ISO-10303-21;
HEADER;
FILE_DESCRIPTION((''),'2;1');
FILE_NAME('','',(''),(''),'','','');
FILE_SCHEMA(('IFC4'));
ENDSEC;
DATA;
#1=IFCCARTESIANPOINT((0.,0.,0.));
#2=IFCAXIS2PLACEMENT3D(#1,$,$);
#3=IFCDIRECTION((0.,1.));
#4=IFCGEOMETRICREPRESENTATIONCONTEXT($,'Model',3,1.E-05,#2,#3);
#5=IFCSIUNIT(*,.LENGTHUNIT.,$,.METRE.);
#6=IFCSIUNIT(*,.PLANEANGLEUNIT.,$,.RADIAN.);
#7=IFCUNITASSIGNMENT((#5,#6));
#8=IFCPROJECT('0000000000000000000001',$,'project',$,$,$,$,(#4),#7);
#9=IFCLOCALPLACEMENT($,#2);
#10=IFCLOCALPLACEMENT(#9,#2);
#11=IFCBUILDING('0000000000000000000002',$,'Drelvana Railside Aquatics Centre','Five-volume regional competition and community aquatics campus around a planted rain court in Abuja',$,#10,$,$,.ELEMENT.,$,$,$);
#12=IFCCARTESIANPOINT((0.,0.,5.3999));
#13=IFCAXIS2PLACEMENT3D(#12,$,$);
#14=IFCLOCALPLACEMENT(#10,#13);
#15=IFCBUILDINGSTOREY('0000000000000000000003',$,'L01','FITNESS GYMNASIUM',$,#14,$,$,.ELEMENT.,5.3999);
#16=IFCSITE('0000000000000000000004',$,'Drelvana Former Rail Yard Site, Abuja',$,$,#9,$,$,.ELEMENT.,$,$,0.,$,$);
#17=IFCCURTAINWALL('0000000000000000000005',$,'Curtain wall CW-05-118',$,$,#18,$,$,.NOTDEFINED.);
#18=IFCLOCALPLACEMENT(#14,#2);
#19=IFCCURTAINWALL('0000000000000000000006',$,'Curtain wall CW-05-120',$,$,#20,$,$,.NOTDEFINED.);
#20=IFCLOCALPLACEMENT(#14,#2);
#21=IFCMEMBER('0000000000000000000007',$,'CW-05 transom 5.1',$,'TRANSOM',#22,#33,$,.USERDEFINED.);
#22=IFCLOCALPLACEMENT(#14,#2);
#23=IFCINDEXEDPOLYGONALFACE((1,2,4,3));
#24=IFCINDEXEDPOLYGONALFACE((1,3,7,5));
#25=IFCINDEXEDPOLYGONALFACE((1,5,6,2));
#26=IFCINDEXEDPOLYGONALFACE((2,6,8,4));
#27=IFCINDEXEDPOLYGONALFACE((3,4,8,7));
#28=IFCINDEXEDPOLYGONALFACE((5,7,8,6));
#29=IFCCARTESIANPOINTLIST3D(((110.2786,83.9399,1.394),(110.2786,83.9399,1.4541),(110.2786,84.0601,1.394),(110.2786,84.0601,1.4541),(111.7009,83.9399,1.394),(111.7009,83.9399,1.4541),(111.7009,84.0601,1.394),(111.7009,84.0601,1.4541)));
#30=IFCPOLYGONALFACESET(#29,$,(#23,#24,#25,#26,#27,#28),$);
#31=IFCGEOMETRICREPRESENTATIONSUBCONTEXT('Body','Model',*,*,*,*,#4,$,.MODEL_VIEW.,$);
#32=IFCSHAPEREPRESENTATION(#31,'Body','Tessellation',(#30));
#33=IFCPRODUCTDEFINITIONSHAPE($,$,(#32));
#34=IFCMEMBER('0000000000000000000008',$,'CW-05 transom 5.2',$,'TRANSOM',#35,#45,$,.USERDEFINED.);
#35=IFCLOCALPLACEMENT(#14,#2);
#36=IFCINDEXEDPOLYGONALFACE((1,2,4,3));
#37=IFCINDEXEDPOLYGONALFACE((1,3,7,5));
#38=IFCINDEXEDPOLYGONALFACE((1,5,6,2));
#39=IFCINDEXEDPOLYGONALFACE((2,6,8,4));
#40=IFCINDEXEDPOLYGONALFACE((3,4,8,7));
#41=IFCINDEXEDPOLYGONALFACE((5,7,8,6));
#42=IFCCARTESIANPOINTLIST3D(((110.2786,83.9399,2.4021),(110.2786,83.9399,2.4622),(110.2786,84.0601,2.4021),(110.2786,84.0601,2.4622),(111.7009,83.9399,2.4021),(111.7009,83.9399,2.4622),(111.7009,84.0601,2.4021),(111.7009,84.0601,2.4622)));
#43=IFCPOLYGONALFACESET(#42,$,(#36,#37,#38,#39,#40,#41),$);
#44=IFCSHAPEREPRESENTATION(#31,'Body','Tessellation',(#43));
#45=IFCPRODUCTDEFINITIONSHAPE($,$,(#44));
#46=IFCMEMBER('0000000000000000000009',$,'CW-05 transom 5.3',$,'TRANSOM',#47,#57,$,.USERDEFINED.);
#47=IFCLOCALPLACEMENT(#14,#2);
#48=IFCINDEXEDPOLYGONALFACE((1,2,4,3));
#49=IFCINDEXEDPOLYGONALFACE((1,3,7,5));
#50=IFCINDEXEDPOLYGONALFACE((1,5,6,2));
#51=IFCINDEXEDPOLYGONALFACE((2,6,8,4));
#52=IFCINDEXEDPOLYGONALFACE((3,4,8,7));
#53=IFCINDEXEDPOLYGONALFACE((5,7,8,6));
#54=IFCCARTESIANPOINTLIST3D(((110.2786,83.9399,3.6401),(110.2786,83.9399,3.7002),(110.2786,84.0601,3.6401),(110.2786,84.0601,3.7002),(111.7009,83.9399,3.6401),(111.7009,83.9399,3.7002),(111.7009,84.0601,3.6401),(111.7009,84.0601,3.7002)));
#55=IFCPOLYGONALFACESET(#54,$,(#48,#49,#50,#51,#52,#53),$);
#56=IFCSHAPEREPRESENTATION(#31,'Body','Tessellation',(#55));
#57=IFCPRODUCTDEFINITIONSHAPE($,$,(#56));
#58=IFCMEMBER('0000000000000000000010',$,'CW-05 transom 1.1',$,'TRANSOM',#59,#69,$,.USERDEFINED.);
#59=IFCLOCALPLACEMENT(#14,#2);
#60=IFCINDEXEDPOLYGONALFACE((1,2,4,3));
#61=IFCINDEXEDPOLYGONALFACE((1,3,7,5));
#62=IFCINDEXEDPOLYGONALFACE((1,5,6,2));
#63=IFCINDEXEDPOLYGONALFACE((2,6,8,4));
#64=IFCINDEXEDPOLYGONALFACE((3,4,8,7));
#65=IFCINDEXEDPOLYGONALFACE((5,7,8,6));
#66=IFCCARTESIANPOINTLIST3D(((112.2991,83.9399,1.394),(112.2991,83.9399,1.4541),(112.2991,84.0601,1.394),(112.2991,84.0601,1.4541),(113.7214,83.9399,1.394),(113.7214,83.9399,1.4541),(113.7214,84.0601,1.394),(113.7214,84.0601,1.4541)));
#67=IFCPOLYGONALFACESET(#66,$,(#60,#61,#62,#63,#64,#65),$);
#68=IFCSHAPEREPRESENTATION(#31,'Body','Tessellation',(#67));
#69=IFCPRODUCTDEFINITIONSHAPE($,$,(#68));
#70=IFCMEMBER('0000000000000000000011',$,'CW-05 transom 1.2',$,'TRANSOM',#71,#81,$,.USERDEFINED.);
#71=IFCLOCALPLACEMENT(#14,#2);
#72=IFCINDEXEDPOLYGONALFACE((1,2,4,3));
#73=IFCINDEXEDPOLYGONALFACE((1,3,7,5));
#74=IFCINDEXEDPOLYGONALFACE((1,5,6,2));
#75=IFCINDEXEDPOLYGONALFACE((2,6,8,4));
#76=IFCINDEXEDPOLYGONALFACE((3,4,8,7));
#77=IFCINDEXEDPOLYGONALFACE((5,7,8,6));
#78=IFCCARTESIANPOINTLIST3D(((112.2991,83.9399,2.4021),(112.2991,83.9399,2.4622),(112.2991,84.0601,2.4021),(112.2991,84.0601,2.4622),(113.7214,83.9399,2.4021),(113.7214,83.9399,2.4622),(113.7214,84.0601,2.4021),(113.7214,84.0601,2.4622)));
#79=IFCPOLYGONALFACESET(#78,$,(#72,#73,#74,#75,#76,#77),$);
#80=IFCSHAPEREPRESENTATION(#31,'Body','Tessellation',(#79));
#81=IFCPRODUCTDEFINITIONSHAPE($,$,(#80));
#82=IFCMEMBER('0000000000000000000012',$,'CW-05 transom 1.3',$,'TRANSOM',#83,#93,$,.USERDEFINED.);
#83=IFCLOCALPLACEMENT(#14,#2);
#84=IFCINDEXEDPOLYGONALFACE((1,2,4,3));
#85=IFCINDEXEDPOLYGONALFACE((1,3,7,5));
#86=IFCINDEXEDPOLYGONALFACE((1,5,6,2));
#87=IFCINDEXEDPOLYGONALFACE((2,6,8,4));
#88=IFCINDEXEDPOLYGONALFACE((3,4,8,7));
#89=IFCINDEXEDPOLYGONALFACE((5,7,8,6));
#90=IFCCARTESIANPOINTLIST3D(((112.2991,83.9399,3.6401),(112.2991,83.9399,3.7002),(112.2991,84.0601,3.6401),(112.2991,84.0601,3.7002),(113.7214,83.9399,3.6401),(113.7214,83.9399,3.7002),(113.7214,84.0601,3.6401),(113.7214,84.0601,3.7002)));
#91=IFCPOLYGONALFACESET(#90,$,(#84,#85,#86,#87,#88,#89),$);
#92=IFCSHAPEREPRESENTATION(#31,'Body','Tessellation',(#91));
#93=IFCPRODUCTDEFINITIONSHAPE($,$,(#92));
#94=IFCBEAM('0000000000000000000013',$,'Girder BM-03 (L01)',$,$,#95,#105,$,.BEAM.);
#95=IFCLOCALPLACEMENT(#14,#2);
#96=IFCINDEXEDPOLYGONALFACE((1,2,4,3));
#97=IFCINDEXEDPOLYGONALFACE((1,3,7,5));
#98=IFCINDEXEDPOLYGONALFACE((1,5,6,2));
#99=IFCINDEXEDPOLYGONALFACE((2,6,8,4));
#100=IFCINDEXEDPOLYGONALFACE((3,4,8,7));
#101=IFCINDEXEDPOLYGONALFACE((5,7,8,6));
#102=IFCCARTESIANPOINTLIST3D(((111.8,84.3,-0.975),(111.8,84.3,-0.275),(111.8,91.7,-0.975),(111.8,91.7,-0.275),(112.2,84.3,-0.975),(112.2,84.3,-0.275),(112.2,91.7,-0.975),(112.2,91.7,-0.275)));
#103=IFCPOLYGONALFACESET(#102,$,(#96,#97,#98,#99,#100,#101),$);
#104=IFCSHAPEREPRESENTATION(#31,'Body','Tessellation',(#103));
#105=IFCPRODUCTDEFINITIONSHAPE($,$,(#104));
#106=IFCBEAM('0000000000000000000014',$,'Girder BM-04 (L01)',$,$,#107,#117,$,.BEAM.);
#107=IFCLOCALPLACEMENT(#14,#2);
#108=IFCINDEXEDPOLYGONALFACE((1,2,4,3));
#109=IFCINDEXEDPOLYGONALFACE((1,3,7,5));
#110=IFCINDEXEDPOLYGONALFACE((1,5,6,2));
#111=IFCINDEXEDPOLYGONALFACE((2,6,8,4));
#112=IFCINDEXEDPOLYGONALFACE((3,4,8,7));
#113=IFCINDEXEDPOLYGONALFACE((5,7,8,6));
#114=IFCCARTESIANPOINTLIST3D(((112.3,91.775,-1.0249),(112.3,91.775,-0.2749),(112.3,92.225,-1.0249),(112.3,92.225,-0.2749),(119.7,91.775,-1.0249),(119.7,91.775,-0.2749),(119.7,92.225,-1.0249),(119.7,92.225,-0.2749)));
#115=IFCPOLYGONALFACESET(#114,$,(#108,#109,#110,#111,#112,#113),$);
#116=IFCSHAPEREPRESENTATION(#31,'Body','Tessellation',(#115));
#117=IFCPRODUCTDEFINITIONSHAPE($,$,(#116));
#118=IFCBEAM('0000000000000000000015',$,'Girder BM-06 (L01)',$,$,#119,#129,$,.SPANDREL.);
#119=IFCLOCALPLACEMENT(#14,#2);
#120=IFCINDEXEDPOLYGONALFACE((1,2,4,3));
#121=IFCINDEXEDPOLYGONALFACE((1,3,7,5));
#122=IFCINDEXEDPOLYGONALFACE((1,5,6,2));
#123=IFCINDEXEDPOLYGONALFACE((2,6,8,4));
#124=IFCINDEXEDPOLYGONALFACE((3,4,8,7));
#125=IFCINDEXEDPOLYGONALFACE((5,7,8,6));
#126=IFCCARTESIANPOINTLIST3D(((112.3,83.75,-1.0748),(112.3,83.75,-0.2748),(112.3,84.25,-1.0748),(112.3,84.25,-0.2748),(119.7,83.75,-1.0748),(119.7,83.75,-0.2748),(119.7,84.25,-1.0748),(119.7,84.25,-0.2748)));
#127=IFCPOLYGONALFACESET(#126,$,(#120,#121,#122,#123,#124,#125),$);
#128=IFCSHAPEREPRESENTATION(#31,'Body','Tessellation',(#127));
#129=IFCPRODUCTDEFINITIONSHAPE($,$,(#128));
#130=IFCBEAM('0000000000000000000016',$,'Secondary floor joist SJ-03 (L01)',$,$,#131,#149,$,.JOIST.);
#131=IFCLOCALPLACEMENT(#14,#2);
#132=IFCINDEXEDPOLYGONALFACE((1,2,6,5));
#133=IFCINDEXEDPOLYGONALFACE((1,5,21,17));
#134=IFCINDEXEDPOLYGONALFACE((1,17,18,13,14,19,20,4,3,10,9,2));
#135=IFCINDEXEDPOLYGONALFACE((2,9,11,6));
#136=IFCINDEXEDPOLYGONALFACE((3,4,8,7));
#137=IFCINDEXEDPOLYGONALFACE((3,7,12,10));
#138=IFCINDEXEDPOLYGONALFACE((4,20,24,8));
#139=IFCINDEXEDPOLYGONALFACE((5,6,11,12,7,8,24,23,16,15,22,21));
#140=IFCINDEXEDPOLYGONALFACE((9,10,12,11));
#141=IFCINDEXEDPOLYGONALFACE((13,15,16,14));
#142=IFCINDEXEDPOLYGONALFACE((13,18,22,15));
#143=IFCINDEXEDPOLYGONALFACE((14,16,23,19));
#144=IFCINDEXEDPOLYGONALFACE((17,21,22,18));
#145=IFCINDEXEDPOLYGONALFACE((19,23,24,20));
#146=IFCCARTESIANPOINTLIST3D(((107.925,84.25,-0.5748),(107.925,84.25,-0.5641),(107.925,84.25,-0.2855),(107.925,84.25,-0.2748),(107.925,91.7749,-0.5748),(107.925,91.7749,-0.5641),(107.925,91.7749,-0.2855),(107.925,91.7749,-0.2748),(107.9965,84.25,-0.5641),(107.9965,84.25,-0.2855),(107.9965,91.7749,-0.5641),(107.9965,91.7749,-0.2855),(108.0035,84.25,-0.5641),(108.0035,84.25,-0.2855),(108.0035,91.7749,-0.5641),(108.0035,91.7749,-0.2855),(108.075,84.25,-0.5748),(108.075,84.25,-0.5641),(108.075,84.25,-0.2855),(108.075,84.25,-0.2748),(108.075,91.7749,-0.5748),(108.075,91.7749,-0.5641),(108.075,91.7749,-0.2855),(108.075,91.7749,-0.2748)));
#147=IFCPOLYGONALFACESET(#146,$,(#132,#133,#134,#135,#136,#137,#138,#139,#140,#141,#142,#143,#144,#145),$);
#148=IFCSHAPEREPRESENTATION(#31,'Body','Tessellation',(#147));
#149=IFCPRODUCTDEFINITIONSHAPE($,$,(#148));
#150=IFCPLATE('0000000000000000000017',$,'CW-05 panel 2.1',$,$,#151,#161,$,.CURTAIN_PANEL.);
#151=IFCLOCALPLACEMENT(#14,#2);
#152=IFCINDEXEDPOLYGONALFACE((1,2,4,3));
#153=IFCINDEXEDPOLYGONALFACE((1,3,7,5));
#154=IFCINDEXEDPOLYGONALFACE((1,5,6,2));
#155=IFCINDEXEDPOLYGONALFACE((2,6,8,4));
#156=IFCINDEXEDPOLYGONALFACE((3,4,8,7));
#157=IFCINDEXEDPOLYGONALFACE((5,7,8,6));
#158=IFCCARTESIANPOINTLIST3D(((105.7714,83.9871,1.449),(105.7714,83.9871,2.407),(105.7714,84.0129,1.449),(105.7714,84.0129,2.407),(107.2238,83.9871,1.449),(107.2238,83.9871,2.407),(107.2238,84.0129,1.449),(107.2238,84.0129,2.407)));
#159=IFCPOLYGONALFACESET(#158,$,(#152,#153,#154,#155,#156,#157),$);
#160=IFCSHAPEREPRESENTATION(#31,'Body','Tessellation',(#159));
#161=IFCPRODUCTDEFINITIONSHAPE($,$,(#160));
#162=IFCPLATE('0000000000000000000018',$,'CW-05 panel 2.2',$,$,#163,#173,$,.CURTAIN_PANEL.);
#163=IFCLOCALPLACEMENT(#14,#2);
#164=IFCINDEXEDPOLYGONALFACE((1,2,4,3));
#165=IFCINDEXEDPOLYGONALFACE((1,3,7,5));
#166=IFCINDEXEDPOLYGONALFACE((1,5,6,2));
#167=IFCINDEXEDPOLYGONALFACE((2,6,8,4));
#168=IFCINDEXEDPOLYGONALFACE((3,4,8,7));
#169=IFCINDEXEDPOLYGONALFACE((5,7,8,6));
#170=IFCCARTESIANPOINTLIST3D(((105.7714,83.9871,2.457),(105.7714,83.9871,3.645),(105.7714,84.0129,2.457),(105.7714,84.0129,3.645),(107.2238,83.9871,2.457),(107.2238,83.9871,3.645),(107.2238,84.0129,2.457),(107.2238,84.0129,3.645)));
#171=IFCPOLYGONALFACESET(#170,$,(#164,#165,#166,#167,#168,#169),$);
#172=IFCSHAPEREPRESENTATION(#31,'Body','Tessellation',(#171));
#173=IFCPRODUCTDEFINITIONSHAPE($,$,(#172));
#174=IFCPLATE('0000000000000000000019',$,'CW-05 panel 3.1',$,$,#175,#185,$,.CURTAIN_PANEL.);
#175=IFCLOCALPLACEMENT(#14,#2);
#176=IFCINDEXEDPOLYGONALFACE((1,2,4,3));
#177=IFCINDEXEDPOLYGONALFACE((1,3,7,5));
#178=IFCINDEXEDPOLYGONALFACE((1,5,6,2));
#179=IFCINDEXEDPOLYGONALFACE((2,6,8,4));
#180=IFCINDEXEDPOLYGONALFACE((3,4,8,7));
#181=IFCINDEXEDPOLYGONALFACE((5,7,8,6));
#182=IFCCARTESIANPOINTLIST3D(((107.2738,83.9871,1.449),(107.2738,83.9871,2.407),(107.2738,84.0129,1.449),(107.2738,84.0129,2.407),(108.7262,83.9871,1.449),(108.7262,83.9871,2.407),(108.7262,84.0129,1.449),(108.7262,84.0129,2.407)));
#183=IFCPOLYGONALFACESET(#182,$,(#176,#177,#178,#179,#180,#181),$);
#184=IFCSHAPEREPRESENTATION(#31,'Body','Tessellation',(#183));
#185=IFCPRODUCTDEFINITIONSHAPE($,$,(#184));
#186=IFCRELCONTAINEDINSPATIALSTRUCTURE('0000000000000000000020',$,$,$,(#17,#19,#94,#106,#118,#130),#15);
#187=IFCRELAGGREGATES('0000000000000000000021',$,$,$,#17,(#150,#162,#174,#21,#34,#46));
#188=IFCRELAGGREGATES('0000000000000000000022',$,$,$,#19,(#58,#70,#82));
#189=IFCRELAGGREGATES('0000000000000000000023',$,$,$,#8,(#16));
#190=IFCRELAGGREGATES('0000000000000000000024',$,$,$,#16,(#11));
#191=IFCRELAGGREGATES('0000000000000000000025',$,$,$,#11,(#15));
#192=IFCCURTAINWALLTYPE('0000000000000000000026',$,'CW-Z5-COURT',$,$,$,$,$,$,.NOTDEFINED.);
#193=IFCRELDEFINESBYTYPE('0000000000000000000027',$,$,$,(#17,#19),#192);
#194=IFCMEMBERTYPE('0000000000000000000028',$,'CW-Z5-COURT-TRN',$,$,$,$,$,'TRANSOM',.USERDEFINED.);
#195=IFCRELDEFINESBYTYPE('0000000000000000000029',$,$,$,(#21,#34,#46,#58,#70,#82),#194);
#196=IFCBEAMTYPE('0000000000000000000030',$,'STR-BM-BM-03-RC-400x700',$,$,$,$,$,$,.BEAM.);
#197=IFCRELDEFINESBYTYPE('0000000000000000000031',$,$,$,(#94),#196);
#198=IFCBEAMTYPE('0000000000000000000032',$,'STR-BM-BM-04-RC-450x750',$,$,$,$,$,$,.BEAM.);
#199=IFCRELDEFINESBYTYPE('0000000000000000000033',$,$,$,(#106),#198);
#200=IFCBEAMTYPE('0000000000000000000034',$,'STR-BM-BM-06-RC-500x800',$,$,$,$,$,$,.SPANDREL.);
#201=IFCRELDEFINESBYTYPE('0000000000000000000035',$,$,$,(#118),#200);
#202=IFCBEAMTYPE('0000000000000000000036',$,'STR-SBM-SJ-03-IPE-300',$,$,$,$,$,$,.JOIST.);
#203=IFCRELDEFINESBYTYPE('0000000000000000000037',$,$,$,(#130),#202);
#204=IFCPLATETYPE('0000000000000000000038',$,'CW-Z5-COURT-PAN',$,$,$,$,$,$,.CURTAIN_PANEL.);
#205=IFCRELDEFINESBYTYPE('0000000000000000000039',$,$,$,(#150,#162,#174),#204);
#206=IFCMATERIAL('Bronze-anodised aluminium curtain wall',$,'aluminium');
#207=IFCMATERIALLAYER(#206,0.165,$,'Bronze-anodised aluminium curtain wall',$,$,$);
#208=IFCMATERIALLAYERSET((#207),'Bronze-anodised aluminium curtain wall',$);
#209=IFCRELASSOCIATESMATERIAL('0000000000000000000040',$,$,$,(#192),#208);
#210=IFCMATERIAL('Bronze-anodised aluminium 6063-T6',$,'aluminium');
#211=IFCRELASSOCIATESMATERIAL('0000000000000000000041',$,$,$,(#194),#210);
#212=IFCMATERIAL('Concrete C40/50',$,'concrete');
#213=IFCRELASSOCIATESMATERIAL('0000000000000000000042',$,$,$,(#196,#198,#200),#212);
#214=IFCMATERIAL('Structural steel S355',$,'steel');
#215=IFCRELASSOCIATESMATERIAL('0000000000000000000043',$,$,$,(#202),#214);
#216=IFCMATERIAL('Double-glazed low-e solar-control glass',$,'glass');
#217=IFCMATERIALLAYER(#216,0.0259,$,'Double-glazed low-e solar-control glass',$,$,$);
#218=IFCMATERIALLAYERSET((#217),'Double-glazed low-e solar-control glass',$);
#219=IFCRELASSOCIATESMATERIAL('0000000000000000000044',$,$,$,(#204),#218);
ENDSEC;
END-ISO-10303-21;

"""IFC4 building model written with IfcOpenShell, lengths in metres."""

from ifc_helpers import new_model, si_unit, direction, frame, origin, origin_2d, place, context, subcontext, project, spatial, rectangle, i_section, extrude, material, layer, layer_set, material_profile, profile_set, type_object, element, aggregate, save


model = new_model("IFC4")

# Units and contexts
model_context = context("Model", 3, precision=1e-05, world=origin(), true_north=direction((0.0, 1.0)))
body_context = subcontext(model_context, "Body", "Model", "MODEL_VIEW")
ifc_project = project(units=[si_unit("LENGTHUNIT", "METRE"), si_unit("PLANEANGLEUNIT", "RADIAN")], contexts=[model_context])

# Site, building, storey
site_placement = place(None, origin())
site = spatial("IfcSite", under=ifc_project, at=site_placement, Name="Drelvana Former Rail Yard Site, Abuja", CompositionType="ELEMENT", RefElevation=0.0)
building_placement = place(site_placement, origin())
building = spatial("IfcBuilding", under=site, at=building_placement, Name="Drelvana Railside Aquatics Centre", Description="Five-volume regional competition and community aquatics campus around a planted rain court in Abuja", CompositionType="ELEMENT")
storey_placement = place(building_placement, frame((0.0, 0.0, 5.3999)))
storey = spatial("IfcBuildingStorey", under=building, at=storey_placement, Name="L01", Description="FITNESS GYMNASIUM", CompositionType="ELEMENT", Elevation=5.3999)

# Shared definitions
ifc_material_1 = material(Name="Concrete C40/50", Category="concrete")

# Curtain wall
ifc_material_2 = material(Name="Bronze-anodised aluminium curtain wall", Category="aluminium")
ifc_layer_1 = layer(ifc_material_2, 0.165, Name="Bronze-anodised aluminium curtain wall")
ifc_layer_set_1 = layer_set([ifc_layer_1], Name="Bronze-anodised aluminium curtain wall")
curtain_wall_type = type_object("IfcCurtainWallType", Name="CW-Z5-COURT", PredefinedType="NOTDEFINED", material=ifc_layer_set_1)
curtain_wall_1_placement = place(storey_placement, origin())
curtain_wall_1 = element("IfcCurtainWall", 1, at=curtain_wall_1_placement, inside=storey, type_object=curtain_wall_type, Name="Curtain wall CW-05-118", PredefinedType="NOTDEFINED")
ifc_material_3 = material(Name="Bronze-anodised aluminium 6063-T6", Category="aluminium")

# Curtain wall
curtain_wall_2_placement = place(storey_placement, origin())
curtain_wall_2 = element("IfcCurtainWall", 2, at=curtain_wall_2_placement, inside=storey, type_object=curtain_wall_type, Name="Curtain wall CW-05-120", PredefinedType="NOTDEFINED")

# Members
ifc_material_profile_1 = material_profile(ifc_material_3, rectangle(XDim=0.1201, YDim=0.0601, at=origin_2d()), Name="ALU-T 60x120")
ifc_profile_set_1 = profile_set([ifc_material_profile_1], Name="Bronze-anodised aluminium 6063-T6")
member_type_1 = type_object("IfcMemberType", Name="CW-Z5-COURT-TRN", ElementType="TRANSOM", PredefinedType="USERDEFINED", material=ifc_profile_set_1)
member_1_placement = place(storey_placement, frame((110.2786, 84.0, 1.4241), z_axis=(1.0, 0.0, 0.0), x_axis=(0.0, 1.0, 0.0)))
member_1 = element("IfcMember", 3, at=member_1_placement, type_object=member_type_1, Name="CW-05 transom 5.1", ObjectType="TRANSOM", PredefinedType="USERDEFINED", context=body_context, shape_type="SweptSolid", body=[
    extrude(rectangle(XDim=0.1201, YDim=0.0601, at=origin_2d()), origin(), (0.0, 0.0, 1.0), 1.4224),
])
member_2_placement = place(storey_placement, frame((110.2786, 84.0, 2.4321), z_axis=(1.0, 0.0, 0.0), x_axis=(0.0, 1.0, 0.0)))
member_2 = element("IfcMember", 4, at=member_2_placement, type_object=member_type_1, Name="CW-05 transom 5.2", ObjectType="TRANSOM", PredefinedType="USERDEFINED", context=body_context, shape_type="SweptSolid", body=[
    extrude(rectangle(XDim=0.1201, YDim=0.0601, at=origin_2d()), origin(), (0.0, 0.0, 1.0), 1.4224),
])
member_3_placement = place(storey_placement, frame((110.2786, 84.0, 3.6702), z_axis=(1.0, 0.0, 0.0), x_axis=(0.0, 1.0, 0.0)))
member_3 = element("IfcMember", 5, at=member_3_placement, type_object=member_type_1, Name="CW-05 transom 5.3", ObjectType="TRANSOM", PredefinedType="USERDEFINED", context=body_context, shape_type="SweptSolid", body=[
    extrude(rectangle(XDim=0.1201, YDim=0.0601, at=origin_2d()), origin(), (0.0, 0.0, 1.0), 1.4224),
])
member_4_placement = place(storey_placement, frame((112.2991, 84.0, 1.4241), z_axis=(1.0, 0.0, 0.0), x_axis=(0.0, 1.0, 0.0)))
member_4 = element("IfcMember", 6, at=member_4_placement, type_object=member_type_1, Name="CW-05 transom 1.1", ObjectType="TRANSOM", PredefinedType="USERDEFINED", context=body_context, shape_type="SweptSolid", body=[
    extrude(rectangle(XDim=0.1201, YDim=0.0601, at=origin_2d()), origin(), (0.0, 0.0, 1.0), 1.4224),
])
member_5_placement = place(storey_placement, frame((112.2991, 84.0, 2.4321), z_axis=(1.0, 0.0, 0.0), x_axis=(0.0, 1.0, 0.0)))
member_5 = element("IfcMember", 7, at=member_5_placement, type_object=member_type_1, Name="CW-05 transom 1.2", ObjectType="TRANSOM", PredefinedType="USERDEFINED", context=body_context, shape_type="SweptSolid", body=[
    extrude(rectangle(XDim=0.1201, YDim=0.0601, at=origin_2d()), origin(), (0.0, 0.0, 1.0), 1.4224),
])
member_6_placement = place(storey_placement, frame((112.2991, 84.0, 3.6702), z_axis=(1.0, 0.0, 0.0), x_axis=(0.0, 1.0, 0.0)))
member_6 = element("IfcMember", 8, at=member_6_placement, type_object=member_type_1, Name="CW-05 transom 1.3", ObjectType="TRANSOM", PredefinedType="USERDEFINED", context=body_context, shape_type="SweptSolid", body=[
    extrude(rectangle(XDim=0.1201, YDim=0.0601, at=origin_2d()), origin(), (0.0, 0.0, 1.0), 1.4224),
])

# Beams
ifc_material_profile_2 = material_profile(ifc_material_1, rectangle(XDim=0.3999, YDim=0.7, at=origin_2d()), Name="RC 400x700")
ifc_profile_set_2 = profile_set([ifc_material_profile_2], Name="Concrete C40/50")
beam_type_1 = type_object("IfcBeamType", Name="STR-BM-BM-03-RC-400x700", PredefinedType="BEAM", material=ifc_profile_set_2)
beam_1_placement = place(storey_placement, frame((112.0, 84.3, -0.625), z_axis=(0.0, 1.0, 0.0), x_axis=(-1.0, 0.0, 0.0)))
element("IfcBeam", 9, at=beam_1_placement, inside=storey, type_object=beam_type_1, Name="Girder BM-03 (L01)", PredefinedType="BEAM", context=body_context, shape_type="SweptSolid", body=[
    extrude(rectangle(XDim=0.3999, YDim=0.7, at=origin_2d()), origin(), (0.0, 0.0, 1.0), 7.3999),
])
ifc_material_profile_3 = material_profile(ifc_material_1, rectangle(XDim=0.45, YDim=0.75, at=origin_2d()), Name="RC 450x750")
ifc_profile_set_3 = profile_set([ifc_material_profile_3], Name="Concrete C40/50")
beam_type_2 = type_object("IfcBeamType", Name="STR-BM-BM-04-RC-450x750", PredefinedType="BEAM", material=ifc_profile_set_3)
beam_2_placement = place(storey_placement, frame((112.3, 92.0, -0.6499), z_axis=(1.0, 0.0, 0.0), x_axis=(0.0, 1.0, 0.0)))
element("IfcBeam", 10, at=beam_2_placement, inside=storey, type_object=beam_type_2, Name="Girder BM-04 (L01)", PredefinedType="BEAM", context=body_context, shape_type="SweptSolid", body=[
    extrude(rectangle(XDim=0.45, YDim=0.75, at=origin_2d()), origin(), (0.0, 0.0, 1.0), 7.3999),
])
ifc_material_profile_4 = material_profile(ifc_material_1, rectangle(XDim=0.5, YDim=0.8, at=origin_2d()), Name="RC 500x800")
ifc_profile_set_4 = profile_set([ifc_material_profile_4], Name="Concrete C40/50")
beam_type_3 = type_object("IfcBeamType", Name="STR-BM-BM-06-RC-500x800", PredefinedType="SPANDREL", material=ifc_profile_set_4)
beam_3_placement = place(storey_placement, frame((112.3, 84.0, -0.6748), z_axis=(1.0, 0.0, 0.0), x_axis=(0.0, 1.0, 0.0)))
element("IfcBeam", 11, at=beam_3_placement, inside=storey, type_object=beam_type_3, Name="Girder BM-06 (L01)", PredefinedType="SPANDREL", context=body_context, shape_type="SweptSolid", body=[
    extrude(rectangle(XDim=0.5, YDim=0.8, at=origin_2d()), origin(), (0.0, 0.0, 1.0), 7.3999),
])
ifc_material_4 = material(Name="Structural steel S355", Category="steel")
ifc_material_profile_5 = material_profile(ifc_material_4, i_section(OverallWidth=0.1499, OverallDepth=0.3, WebThickness=0.0071, FlangeThickness=0.0107, at=origin_2d()), Name="IPE 300")
ifc_profile_set_5 = profile_set([ifc_material_profile_5], Name="Structural steel S355")
beam_type_4 = type_object("IfcBeamType", Name="STR-SBM-SJ-03-IPE-300", PredefinedType="JOIST", material=ifc_profile_set_5)
beam_4_placement = place(storey_placement, frame((108.0, 84.25, -0.4248), z_axis=(0.0, 1.0, 0.0), x_axis=(-1.0, 0.0, 0.0)))
element("IfcBeam", 12, at=beam_4_placement, inside=storey, type_object=beam_type_4, Name="Secondary floor joist SJ-03 (L01)", PredefinedType="JOIST", context=body_context, shape_type="SweptSolid", body=[
    extrude(i_section(OverallWidth=0.1499, OverallDepth=0.3, WebThickness=0.0071, FlangeThickness=0.0107, at=origin_2d()), origin(), (0.0, 0.0, 1.0), 7.5249),
])

# Plates
ifc_material_5 = material(Name="Double-glazed low-e solar-control glass", Category="glass")
ifc_layer_2 = layer(ifc_material_5, 0.0259, Name="Double-glazed low-e solar-control glass")
ifc_layer_set_2 = layer_set([ifc_layer_2], Name="Double-glazed low-e solar-control glass")
plate_type = type_object("IfcPlateType", Name="CW-Z5-COURT-PAN", PredefinedType="CURTAIN_PANEL", material=ifc_layer_set_2)
plate_1_placement = place(storey_placement, frame((106.4976, 84.0, 1.449), z_axis=(0.0, 0.0, 1.0), x_axis=(1.0, 0.0, 0.0)))
plate_1 = element("IfcPlate", 13, at=plate_1_placement, type_object=plate_type, Name="CW-05 panel 2.1", PredefinedType="CURTAIN_PANEL", context=body_context, shape_type="SweptSolid", body=[
    extrude(rectangle(XDim=1.4524, YDim=0.0259, at=origin_2d()), origin(), (0.0, 0.0, 1.0), 0.958),
])
plate_2_placement = place(storey_placement, frame((106.4976, 84.0, 2.457), z_axis=(0.0, 0.0, 1.0), x_axis=(1.0, 0.0, 0.0)))
plate_2 = element("IfcPlate", 14, at=plate_2_placement, type_object=plate_type, Name="CW-05 panel 2.2", PredefinedType="CURTAIN_PANEL", context=body_context, shape_type="SweptSolid", body=[
    extrude(rectangle(XDim=1.4524, YDim=0.0259, at=origin_2d()), origin(), (0.0, 0.0, 1.0), 1.188),
])
plate_3_placement = place(storey_placement, frame((108.0, 84.0, 1.449), z_axis=(0.0, 0.0, 1.0), x_axis=(1.0, 0.0, 0.0)))
plate_3 = element("IfcPlate", 15, at=plate_3_placement, type_object=plate_type, Name="CW-05 panel 3.1", PredefinedType="CURTAIN_PANEL", context=body_context, shape_type="SweptSolid", body=[
    extrude(rectangle(XDim=1.4524, YDim=0.0259, at=origin_2d()), origin(), (0.0, 0.0, 1.0), 0.958),
])
aggregate(curtain_wall_1, [plate_1, plate_2, plate_3, member_1, member_2, member_3])
aggregate(curtain_wall_2, [member_4, member_5, member_6])

save(model, "model.ifc")
